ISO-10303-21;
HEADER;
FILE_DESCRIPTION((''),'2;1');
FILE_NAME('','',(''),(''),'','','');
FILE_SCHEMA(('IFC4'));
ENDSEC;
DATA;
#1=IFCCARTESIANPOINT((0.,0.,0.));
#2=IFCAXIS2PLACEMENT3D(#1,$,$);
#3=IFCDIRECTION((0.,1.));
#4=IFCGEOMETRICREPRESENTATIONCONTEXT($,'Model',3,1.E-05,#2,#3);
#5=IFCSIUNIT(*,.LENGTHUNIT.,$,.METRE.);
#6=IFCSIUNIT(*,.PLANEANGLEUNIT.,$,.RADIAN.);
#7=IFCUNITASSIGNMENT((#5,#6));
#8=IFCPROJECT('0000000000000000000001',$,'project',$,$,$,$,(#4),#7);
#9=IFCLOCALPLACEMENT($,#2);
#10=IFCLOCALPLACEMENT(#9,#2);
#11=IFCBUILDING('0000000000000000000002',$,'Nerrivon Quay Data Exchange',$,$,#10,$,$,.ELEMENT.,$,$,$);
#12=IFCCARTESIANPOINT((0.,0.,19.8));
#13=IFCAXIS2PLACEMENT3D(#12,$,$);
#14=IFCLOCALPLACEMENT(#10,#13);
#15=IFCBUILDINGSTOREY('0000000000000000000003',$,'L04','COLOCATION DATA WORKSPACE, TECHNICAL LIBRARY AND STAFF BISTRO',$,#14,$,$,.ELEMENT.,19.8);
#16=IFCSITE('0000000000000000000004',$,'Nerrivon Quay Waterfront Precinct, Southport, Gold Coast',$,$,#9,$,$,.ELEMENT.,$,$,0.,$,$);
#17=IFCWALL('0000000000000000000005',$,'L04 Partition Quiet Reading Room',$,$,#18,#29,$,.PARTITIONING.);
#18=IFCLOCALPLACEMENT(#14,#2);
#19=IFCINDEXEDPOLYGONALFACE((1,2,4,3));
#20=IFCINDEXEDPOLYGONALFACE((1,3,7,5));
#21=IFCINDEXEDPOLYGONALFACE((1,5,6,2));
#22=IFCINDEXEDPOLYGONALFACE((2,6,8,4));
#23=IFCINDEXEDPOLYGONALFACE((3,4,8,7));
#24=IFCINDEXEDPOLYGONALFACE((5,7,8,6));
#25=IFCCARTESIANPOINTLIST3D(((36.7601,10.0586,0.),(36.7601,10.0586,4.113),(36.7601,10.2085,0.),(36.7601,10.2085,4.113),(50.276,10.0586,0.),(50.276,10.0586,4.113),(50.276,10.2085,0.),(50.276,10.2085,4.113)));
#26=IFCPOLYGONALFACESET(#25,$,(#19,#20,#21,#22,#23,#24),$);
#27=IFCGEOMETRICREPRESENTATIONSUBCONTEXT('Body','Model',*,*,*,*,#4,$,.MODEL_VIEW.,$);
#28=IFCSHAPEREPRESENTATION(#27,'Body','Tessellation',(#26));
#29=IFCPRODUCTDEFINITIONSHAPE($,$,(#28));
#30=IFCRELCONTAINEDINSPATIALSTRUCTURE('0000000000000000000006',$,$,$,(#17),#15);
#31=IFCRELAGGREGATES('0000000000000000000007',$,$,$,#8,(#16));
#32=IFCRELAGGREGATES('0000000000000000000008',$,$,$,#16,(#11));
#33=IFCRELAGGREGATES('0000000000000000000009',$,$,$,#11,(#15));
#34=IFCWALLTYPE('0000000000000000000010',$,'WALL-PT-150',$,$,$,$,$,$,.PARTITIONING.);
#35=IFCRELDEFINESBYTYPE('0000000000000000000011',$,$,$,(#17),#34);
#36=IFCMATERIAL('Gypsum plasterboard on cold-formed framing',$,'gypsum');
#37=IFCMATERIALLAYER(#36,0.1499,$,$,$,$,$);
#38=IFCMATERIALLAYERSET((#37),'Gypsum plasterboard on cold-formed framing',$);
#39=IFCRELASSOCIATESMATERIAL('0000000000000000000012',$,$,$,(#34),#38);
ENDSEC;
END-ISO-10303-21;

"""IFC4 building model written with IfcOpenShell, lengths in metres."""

from ifc_helpers import new_model, si_unit, direction, frame, frame_2d, origin, place, context, subcontext, project, spatial, rectangle, extrude, material, layer, layer_set, type_object, element, save


model = new_model("IFC4")

# Units and contexts
model_context = context("Model", 3, precision=1e-05, world=origin(), true_north=direction((0.0, 1.0)))
body_context = subcontext(model_context, "Body", "Model", "MODEL_VIEW")
ifc_project = project(units=[si_unit("LENGTHUNIT", "METRE"), si_unit("PLANEANGLEUNIT", "RADIAN")], contexts=[model_context])

# Site, building, storey
site_placement = place(None, origin())
site = spatial("IfcSite", under=ifc_project, at=site_placement, Name="Nerrivon Quay Waterfront Precinct, Southport, Gold Coast", CompositionType="ELEMENT", RefElevation=0.0)
building_placement = place(site_placement, origin())
building = spatial("IfcBuilding", under=site, at=building_placement, Name="Nerrivon Quay Data Exchange", CompositionType="ELEMENT")
storey_placement = place(building_placement, frame((0.0, 0.0, 19.8)))
storey = spatial("IfcBuildingStorey", under=building, at=storey_placement, Name="L04", Description="COLOCATION DATA WORKSPACE, TECHNICAL LIBRARY AND STAFF BISTRO", CompositionType="ELEMENT", Elevation=19.8)

# Wall
ifc_material_1 = material(Name="Gypsum plasterboard on cold-formed framing", Category="gypsum")
ifc_layer_1 = layer(ifc_material_1, 0.1499)
ifc_layer_set_1 = layer_set([ifc_layer_1], Name="Gypsum plasterboard on cold-formed framing")
wall_type_1 = type_object("IfcWallType", Name="WALL-PT-150", PredefinedType="PARTITIONING", material=ifc_layer_set_1)
wall_1_placement = place(storey_placement, frame((50.2759, 10.1335, 0.0), z_axis=(0.0, 0.0, 1.0), x_axis=(-1.0, 0.0, 0.0)))
element("IfcWall", 1, at=wall_1_placement, inside=storey, type_object=wall_type_1, Name="L04 Partition Quiet Reading Room", PredefinedType="PARTITIONING", context=body_context, shape_type="SweptSolid", body=[
    extrude(rectangle(XDim=13.5159, YDim=0.1499, at=frame_2d((6.7578, 0.0))), origin(), (0.0, 0.0, 1.0), 4.113),
])

save(model, "model.ifc")
